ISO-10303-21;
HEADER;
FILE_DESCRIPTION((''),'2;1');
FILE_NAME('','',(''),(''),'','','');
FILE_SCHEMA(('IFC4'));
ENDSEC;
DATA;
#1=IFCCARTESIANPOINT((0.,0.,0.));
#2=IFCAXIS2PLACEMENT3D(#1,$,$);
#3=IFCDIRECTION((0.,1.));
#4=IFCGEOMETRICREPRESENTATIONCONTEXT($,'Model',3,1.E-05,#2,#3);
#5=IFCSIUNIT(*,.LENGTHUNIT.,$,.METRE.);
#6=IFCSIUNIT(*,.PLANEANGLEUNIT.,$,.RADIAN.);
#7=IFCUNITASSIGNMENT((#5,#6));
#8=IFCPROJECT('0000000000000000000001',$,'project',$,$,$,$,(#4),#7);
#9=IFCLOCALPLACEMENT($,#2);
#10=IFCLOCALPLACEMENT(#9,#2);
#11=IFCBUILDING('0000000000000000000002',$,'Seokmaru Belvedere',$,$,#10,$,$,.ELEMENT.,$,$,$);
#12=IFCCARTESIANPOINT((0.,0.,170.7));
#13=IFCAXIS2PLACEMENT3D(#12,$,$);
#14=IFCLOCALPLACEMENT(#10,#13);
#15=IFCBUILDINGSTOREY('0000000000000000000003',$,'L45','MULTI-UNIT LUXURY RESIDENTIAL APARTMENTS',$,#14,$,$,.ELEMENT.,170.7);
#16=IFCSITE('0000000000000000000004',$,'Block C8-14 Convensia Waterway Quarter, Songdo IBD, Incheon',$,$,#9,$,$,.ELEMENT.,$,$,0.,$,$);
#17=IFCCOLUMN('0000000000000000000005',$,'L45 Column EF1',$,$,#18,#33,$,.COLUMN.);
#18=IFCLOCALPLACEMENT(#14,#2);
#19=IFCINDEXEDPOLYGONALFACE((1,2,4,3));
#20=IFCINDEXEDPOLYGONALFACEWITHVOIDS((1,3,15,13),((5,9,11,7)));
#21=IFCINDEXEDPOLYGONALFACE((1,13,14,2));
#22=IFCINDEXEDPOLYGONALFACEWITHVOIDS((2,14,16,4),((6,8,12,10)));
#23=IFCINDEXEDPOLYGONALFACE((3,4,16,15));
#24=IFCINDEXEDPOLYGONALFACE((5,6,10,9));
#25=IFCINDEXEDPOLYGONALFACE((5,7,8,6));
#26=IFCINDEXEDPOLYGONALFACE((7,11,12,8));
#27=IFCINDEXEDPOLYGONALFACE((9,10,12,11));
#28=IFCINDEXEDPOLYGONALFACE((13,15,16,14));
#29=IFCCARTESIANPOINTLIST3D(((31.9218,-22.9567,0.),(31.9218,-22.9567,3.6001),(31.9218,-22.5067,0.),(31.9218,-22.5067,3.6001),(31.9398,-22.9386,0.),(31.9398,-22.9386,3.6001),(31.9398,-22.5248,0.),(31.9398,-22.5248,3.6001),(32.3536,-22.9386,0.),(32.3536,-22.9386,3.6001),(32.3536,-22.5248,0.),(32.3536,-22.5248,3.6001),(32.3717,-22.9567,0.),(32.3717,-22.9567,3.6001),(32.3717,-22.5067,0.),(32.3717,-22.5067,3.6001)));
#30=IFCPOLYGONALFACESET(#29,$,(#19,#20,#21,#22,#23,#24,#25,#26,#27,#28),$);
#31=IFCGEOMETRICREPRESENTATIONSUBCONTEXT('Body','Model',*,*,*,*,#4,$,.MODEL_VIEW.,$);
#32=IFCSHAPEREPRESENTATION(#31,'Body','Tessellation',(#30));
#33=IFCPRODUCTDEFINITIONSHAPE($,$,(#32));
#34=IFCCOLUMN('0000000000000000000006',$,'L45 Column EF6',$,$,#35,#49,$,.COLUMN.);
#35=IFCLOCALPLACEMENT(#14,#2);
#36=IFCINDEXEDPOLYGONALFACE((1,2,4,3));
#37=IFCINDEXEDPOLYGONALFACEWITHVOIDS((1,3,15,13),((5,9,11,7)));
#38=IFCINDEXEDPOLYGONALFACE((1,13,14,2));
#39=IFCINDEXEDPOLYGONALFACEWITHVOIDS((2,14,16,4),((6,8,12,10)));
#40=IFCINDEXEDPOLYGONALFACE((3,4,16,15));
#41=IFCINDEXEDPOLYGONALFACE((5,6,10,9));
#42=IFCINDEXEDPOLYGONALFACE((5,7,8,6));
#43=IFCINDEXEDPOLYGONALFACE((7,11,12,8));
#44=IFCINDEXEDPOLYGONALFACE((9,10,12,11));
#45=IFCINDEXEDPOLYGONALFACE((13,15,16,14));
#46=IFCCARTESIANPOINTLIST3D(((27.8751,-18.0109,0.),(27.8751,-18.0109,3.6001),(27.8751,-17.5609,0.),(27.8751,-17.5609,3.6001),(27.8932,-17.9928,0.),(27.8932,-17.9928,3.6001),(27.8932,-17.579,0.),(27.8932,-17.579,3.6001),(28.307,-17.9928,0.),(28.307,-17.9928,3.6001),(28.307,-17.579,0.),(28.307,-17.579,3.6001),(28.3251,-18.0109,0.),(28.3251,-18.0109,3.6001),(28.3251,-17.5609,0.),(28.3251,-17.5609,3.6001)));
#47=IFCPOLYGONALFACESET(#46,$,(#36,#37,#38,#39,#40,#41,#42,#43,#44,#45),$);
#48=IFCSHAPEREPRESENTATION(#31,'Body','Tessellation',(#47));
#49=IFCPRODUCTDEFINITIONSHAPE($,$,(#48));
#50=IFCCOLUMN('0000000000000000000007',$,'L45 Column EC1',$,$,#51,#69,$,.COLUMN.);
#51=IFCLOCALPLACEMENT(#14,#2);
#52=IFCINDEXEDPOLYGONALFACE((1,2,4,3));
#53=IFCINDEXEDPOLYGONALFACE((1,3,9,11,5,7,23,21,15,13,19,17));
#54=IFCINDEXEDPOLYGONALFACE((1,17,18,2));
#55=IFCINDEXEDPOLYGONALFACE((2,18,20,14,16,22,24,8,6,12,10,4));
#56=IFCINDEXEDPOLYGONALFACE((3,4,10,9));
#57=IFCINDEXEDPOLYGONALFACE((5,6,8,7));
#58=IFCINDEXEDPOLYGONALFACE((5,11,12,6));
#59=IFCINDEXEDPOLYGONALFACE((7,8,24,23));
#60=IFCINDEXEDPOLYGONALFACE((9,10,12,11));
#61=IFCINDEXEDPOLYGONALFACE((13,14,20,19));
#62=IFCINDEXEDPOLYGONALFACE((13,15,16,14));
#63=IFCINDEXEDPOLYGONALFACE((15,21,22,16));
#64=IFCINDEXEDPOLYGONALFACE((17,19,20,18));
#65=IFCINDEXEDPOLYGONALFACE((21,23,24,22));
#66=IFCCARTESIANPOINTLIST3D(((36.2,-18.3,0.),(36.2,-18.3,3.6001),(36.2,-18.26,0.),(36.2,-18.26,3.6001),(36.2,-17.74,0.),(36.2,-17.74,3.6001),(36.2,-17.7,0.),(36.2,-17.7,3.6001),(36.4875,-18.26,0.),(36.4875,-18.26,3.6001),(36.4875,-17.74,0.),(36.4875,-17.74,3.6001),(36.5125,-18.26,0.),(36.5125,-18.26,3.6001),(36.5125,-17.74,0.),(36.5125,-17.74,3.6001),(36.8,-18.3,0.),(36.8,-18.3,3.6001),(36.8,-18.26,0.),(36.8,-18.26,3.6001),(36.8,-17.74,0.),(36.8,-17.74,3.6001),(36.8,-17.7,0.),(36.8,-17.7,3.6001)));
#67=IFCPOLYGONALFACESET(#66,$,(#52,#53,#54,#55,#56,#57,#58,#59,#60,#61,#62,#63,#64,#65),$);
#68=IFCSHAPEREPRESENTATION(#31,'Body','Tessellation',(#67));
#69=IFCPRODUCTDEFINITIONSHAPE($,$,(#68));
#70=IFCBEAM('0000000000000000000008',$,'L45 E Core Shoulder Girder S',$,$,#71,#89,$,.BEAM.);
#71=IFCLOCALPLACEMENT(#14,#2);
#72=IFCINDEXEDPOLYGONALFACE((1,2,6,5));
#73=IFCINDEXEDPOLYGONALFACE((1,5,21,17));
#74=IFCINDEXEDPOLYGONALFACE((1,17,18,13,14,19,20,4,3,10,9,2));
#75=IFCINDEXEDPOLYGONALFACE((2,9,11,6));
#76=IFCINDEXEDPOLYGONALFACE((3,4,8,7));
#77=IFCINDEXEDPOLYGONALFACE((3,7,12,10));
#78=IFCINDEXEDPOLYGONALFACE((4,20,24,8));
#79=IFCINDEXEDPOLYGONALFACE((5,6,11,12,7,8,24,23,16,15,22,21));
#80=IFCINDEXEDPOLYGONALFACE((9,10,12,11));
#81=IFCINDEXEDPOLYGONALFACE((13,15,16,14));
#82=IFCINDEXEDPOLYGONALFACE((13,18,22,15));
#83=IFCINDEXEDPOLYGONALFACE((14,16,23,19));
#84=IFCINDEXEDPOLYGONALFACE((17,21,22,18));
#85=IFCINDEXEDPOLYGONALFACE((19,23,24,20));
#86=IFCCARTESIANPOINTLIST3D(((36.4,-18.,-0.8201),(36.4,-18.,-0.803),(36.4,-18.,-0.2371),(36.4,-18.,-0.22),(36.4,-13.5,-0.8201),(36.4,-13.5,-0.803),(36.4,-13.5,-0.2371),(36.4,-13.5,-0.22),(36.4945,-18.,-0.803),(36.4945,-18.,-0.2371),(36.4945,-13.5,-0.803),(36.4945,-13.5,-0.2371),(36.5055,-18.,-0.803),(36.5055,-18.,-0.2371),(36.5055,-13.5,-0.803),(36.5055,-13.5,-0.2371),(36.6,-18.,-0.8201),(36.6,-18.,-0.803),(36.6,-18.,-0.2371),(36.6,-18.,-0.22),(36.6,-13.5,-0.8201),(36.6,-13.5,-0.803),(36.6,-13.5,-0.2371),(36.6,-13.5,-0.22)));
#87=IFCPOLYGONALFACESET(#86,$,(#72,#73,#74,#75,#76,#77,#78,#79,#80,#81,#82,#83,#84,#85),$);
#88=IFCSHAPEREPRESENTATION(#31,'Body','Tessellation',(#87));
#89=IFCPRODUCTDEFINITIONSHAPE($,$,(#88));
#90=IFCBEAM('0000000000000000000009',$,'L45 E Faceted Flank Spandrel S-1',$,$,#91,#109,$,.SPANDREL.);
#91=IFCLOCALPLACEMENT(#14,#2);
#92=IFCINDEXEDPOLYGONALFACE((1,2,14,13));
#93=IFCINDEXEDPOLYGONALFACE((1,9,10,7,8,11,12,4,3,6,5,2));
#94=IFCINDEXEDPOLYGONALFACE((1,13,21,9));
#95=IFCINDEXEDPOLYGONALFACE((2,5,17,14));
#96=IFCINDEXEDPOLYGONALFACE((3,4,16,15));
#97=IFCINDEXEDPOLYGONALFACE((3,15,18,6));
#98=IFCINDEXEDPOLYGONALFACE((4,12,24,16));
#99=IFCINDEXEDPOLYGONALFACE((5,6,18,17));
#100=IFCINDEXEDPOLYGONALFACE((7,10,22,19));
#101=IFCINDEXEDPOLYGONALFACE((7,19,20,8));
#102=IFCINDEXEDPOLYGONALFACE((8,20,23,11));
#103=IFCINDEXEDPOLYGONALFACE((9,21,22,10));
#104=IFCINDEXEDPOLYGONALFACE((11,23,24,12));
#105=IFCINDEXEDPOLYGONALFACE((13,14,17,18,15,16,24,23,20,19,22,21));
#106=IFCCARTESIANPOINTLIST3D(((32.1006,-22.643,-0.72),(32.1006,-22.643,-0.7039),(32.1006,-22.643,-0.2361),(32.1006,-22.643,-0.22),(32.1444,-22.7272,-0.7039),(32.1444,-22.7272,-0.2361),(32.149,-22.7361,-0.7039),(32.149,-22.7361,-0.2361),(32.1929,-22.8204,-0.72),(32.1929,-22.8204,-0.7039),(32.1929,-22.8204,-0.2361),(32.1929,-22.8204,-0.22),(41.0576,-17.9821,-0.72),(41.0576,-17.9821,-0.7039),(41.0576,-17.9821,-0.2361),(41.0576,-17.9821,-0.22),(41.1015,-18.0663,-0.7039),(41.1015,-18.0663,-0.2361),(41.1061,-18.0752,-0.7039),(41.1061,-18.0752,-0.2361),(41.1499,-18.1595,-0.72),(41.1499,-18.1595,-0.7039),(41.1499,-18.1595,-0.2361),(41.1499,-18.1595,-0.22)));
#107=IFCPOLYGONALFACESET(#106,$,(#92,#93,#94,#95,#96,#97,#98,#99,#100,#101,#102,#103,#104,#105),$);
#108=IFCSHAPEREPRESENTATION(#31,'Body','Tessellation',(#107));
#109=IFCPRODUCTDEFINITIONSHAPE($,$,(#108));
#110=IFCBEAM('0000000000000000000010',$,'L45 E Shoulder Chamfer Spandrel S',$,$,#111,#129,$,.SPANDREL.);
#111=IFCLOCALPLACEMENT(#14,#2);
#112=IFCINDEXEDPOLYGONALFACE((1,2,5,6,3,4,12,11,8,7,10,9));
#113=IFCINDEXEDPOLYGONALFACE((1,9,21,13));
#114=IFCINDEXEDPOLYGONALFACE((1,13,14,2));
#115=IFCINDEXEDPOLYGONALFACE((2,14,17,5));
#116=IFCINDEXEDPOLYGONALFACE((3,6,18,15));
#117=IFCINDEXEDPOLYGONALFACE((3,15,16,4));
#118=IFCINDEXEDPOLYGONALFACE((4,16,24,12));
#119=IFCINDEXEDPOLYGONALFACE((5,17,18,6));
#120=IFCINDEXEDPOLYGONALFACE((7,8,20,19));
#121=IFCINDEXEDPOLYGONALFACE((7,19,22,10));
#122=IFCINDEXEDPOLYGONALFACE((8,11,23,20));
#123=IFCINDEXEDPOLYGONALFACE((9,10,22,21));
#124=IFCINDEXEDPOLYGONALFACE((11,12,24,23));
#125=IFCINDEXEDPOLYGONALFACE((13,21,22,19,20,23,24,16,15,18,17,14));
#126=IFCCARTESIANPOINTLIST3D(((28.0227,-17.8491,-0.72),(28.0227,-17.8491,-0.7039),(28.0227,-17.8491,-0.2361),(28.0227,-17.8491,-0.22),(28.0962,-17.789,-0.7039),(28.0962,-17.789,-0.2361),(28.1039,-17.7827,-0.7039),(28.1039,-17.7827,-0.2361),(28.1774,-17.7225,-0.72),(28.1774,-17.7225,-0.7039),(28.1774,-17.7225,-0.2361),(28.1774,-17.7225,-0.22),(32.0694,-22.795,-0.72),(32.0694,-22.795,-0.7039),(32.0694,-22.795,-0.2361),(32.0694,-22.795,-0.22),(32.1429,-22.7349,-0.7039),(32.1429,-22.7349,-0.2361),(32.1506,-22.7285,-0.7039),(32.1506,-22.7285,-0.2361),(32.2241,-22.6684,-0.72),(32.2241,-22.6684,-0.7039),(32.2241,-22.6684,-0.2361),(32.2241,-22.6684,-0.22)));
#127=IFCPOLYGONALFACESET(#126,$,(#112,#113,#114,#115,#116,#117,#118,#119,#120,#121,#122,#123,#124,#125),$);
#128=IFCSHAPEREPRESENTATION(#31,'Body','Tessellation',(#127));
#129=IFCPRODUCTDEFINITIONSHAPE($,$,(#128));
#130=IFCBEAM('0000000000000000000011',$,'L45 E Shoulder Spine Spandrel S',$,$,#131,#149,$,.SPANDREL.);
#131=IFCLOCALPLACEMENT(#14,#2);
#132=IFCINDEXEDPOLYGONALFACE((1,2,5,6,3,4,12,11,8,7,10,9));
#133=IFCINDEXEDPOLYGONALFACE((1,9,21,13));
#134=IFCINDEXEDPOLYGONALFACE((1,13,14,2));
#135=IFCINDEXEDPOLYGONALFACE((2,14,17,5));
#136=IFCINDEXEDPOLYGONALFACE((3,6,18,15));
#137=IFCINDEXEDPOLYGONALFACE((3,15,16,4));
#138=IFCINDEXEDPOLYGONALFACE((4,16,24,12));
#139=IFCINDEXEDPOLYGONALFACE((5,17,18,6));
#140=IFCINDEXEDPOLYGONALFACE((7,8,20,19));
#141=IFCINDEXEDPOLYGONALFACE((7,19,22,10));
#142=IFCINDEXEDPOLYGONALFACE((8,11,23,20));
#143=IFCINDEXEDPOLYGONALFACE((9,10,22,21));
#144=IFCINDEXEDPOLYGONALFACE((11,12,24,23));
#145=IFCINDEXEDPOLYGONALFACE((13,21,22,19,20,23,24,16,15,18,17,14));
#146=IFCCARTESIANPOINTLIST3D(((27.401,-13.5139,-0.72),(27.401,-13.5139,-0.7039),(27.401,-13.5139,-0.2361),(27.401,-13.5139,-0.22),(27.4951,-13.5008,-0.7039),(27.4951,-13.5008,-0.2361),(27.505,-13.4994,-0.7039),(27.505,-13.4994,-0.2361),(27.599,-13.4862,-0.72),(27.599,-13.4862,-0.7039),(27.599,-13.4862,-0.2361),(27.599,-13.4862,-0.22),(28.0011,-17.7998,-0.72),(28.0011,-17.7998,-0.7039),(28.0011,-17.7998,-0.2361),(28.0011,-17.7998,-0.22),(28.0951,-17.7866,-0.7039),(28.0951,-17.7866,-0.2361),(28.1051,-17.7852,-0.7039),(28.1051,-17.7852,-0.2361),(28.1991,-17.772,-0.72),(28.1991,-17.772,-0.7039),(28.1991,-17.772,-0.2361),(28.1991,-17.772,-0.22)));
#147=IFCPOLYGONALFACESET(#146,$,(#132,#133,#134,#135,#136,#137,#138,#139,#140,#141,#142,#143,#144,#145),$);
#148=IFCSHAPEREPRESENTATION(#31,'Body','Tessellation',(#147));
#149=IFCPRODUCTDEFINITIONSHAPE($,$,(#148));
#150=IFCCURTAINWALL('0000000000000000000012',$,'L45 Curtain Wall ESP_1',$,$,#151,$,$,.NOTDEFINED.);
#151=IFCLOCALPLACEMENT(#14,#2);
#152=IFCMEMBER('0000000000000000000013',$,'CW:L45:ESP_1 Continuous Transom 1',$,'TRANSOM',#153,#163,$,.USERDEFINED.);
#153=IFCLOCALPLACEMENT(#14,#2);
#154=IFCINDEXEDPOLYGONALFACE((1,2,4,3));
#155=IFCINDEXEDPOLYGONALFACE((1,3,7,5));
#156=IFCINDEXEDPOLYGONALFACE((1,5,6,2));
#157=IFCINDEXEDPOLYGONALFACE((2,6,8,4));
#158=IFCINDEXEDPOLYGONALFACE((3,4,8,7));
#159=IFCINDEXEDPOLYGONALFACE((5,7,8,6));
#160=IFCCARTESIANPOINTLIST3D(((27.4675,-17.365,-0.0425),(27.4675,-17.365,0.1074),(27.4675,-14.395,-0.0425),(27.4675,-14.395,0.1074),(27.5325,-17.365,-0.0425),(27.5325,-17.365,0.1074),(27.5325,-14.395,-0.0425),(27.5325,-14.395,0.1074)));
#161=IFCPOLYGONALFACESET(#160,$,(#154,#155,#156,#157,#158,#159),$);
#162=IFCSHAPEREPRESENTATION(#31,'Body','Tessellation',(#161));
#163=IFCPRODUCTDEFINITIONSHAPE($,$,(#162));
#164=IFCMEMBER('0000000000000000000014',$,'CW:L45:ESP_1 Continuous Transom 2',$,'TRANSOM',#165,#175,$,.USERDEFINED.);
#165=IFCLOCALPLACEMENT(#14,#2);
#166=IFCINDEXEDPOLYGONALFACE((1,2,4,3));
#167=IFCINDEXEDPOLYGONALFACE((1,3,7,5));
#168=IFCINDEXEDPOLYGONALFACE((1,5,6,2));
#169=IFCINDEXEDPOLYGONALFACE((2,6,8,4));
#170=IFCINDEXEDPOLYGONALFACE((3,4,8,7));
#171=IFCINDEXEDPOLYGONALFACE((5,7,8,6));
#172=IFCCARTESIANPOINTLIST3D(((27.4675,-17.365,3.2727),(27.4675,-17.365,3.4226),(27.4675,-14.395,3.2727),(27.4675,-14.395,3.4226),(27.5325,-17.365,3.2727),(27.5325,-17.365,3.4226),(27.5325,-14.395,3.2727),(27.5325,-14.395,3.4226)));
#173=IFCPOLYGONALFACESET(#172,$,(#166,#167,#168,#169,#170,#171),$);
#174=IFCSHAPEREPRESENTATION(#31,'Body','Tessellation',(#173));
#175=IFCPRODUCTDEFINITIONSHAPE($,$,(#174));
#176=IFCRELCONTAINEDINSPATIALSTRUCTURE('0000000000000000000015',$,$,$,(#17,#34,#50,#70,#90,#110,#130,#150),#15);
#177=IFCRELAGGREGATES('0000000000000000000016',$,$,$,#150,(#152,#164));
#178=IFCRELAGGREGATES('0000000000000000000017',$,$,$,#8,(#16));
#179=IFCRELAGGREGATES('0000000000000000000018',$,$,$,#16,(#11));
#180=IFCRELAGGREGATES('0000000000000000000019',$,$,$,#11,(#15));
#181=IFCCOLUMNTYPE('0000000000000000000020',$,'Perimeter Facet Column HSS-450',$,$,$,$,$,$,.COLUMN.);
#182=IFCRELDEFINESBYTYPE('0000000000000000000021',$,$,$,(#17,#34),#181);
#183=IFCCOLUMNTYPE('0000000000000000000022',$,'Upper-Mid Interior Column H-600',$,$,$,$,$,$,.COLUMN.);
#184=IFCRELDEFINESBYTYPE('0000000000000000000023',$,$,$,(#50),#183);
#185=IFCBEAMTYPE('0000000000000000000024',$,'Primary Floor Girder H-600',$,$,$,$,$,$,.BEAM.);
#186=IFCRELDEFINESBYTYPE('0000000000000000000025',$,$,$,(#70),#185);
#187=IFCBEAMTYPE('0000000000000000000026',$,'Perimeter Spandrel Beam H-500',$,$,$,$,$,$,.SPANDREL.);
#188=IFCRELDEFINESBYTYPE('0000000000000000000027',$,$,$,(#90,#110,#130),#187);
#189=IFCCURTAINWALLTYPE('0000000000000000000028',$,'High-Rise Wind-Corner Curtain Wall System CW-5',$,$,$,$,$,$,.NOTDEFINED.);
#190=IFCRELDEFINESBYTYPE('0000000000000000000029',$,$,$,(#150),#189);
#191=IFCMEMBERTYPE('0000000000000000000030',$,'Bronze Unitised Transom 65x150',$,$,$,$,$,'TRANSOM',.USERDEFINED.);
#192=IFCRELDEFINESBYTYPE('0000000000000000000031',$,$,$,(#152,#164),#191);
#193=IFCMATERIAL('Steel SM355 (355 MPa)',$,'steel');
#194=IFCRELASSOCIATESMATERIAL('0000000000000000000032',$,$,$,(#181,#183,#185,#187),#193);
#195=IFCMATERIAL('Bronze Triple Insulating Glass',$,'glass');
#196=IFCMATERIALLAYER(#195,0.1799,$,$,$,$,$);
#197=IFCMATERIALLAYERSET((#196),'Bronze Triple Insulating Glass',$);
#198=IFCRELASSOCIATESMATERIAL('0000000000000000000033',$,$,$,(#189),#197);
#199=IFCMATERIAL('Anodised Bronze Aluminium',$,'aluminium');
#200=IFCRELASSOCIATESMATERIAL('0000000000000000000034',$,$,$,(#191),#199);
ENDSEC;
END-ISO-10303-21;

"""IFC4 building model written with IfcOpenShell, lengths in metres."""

from ifc_helpers import new_model, si_unit, direction, frame, origin, origin_2d, place, context, subcontext, project, spatial, rectangle, hollow_rectangle, i_section, extrude, source, transform, mapped, material, layer, layer_set, material_profile, profile_set, type_object, type_shapes, element, aggregate, save


model = new_model("IFC4")

# Units and contexts
model_context = context("Model", 3, precision=1e-05, world=origin(), true_north=direction((0.0, 1.0)))
body_context = subcontext(model_context, "Body", "Model", "MODEL_VIEW")
ifc_project = project(units=[si_unit("LENGTHUNIT", "METRE"), si_unit("PLANEANGLEUNIT", "RADIAN")], contexts=[model_context])

# Site, building, storey
site_placement = place(None, origin())
site = spatial("IfcSite", under=ifc_project, at=site_placement, Name="Block C8-14 Convensia Waterway Quarter, Songdo IBD, Incheon", CompositionType="ELEMENT", RefElevation=0.0)
building_placement = place(site_placement, origin())
building = spatial("IfcBuilding", under=site, at=building_placement, Name="Seokmaru Belvedere", CompositionType="ELEMENT")
storey_placement = place(building_placement, frame((0.0, 0.0, 170.7)))
storey = spatial("IfcBuildingStorey", under=building, at=storey_placement, Name="L45", Description="MULTI-UNIT LUXURY RESIDENTIAL APARTMENTS", CompositionType="ELEMENT", Elevation=170.7)

# Columns
ifc_material_1 = material(Name="Steel SM355 (355 MPa)", Category="steel")
ifc_material_profile_1 = material_profile(ifc_material_1, hollow_rectangle(XDim=0.45, YDim=0.45, WallThickness=0.0181, at=origin_2d()), Name="HSS-450x450x18")
ifc_profile_set_1 = profile_set([ifc_material_profile_1], Name="Steel SM355 (355 MPa)")
column_type_1 = type_object("IfcColumnType", Name="Perimeter Facet Column HSS-450", PredefinedType="COLUMN", material=ifc_profile_set_1)
shared_shape_1 = source(origin(), body_context, "Body", "SweptSolid", [
    extrude(hollow_rectangle(XDim=0.45, YDim=0.45, WallThickness=0.0181, at=origin_2d()), origin(), (0.0, 0.0, 1.0), 3.6001),
])
type_shapes(column_type_1, [shared_shape_1])
for number, where, z_axis, x_axis, name in (
    (1, (32.1467, -22.7317, 0.0), (0.0, 0.0, 1.0), (1.0, 0.0, 0.0), "L45 Column EF1"),
    (2, (28.1001, -17.7859, 0.0), (0.0, 0.0, 1.0), (1.0, 0.0, 0.0), "L45 Column EF6"),
):
    element("IfcColumn", number, at=place(storey_placement, frame(where, z_axis=z_axis, x_axis=x_axis)), inside=storey, type_object=column_type_1, Name=name, PredefinedType="COLUMN", context=body_context, shape_type="MappedRepresentation", body=[
        mapped(shared_shape_1, transform((0.0, 0.0, 0.0), scale=1.0)),
    ])
ifc_material_profile_2 = material_profile(ifc_material_1, i_section(OverallWidth=0.6001, OverallDepth=0.6001, WebThickness=0.0249, FlangeThickness=0.04, at=origin_2d()), Name="H-600x600x25x40")
ifc_profile_set_2 = profile_set([ifc_material_profile_2], Name="Steel SM355 (355 MPa)")
column_type_2 = type_object("IfcColumnType", Name="Upper-Mid Interior Column H-600", PredefinedType="COLUMN", material=ifc_profile_set_2)
shared_shape_2 = source(origin(), body_context, "Body", "SweptSolid", [
    extrude(i_section(OverallWidth=0.6001, OverallDepth=0.6001, WebThickness=0.0249, FlangeThickness=0.04, at=origin_2d()), origin(), (0.0, 0.0, 1.0), 3.6001),
])
type_shapes(column_type_2, [shared_shape_2])
column_placement = place(storey_placement, frame((36.5, -18.0, 0.0), z_axis=(0.0, 0.0, 1.0), x_axis=(1.0, 0.0, 0.0)))
element("IfcColumn", 3, at=column_placement, inside=storey, type_object=column_type_2, Name="L45 Column EC1", PredefinedType="COLUMN", context=body_context, shape_type="MappedRepresentation", body=[
    mapped(shared_shape_2, transform((0.0, 0.0, 0.0), scale=1.0)),
])

# Beams
ifc_material_profile_3 = material_profile(ifc_material_1, i_section(OverallWidth=0.2, OverallDepth=0.6001, WebThickness=0.011, FlangeThickness=0.0171, at=origin_2d()), Name="H-600x200x11x17")
ifc_profile_set_3 = profile_set([ifc_material_profile_3], Name="Steel SM355 (355 MPa)")
beam_type_1 = type_object("IfcBeamType", Name="Primary Floor Girder H-600", PredefinedType="BEAM", material=ifc_profile_set_3)
shared_shape_3 = source(origin(), body_context, "Body", "SweptSolid", [
    extrude(i_section(OverallWidth=0.2, OverallDepth=0.6001, WebThickness=0.011, FlangeThickness=0.0171, at=origin_2d()), origin(), (0.0, 0.0, 1.0), 4.5),
])
type_shapes(beam_type_1, [shared_shape_3])
beam_1_placement = place(storey_placement, frame((36.5, -18.0, -0.52), z_axis=(0.0, 1.0, 0.0), x_axis=(-1.0, 0.0, 0.0)))
element("IfcBeam", 4, at=beam_1_placement, inside=storey, type_object=beam_type_1, Name="L45 E Core Shoulder Girder S", PredefinedType="BEAM", context=body_context, shape_type="MappedRepresentation", body=[
    mapped(shared_shape_3, transform((0.0, 0.0, 0.0), scale=1.0)),
])
ifc_material_profile_4 = material_profile(ifc_material_1, i_section(OverallWidth=0.2, OverallDepth=0.5, WebThickness=0.01, FlangeThickness=0.0161, at=origin_2d()), Name="H-500x200x10x16")
ifc_profile_set_4 = profile_set([ifc_material_profile_4], Name="Steel SM355 (355 MPa)")
beam_type_2 = type_object("IfcBeamType", Name="Perimeter Spandrel Beam H-500", PredefinedType="SPANDREL", material=ifc_profile_set_4)
shared_shape_4 = source(origin(), body_context, "Body", "SweptSolid", [
    extrude(i_section(OverallWidth=0.2, OverallDepth=0.5, WebThickness=0.01, FlangeThickness=0.0161, at=origin_2d()), origin(), (0.0, 0.0, 1.0), 10.0972),
])
beam_2_placement = place(storey_placement, frame((32.1467, -22.7317, -0.47), z_axis=(0.887086, 0.461605, 0.0), x_axis=(-0.461605, 0.887086, 0.0)))
element("IfcBeam", 5, at=beam_2_placement, inside=storey, type_object=beam_type_2, Name="L45 E Faceted Flank Spandrel S-1", PredefinedType="SPANDREL", context=body_context, shape_type="MappedRepresentation", body=[
    mapped(shared_shape_4, transform((0.0, 0.0, 0.0), scale=1.0)),
])
shared_shape_5 = source(origin(), body_context, "Body", "SweptSolid", [
    extrude(i_section(OverallWidth=0.2, OverallDepth=0.5, WebThickness=0.01, FlangeThickness=0.0161, at=origin_2d()), origin(), (0.0, 0.0, 1.0), 6.3904),
])
beam_3_placement = place(storey_placement, frame((32.1467, -22.7317, -0.47), z_axis=(-0.633244, 0.773952, 0.0), x_axis=(-0.773952, -0.633244, 0.0)))
element("IfcBeam", 6, at=beam_3_placement, inside=storey, type_object=beam_type_2, Name="L45 E Shoulder Chamfer Spandrel S", PredefinedType="SPANDREL", context=body_context, shape_type="MappedRepresentation", body=[
    mapped(shared_shape_5, transform((0.0, 0.0, 0.0), scale=1.0)),
])
shared_shape_6 = source(origin(), body_context, "Body", "SweptSolid", [
    extrude(i_section(OverallWidth=0.2, OverallDepth=0.5, WebThickness=0.01, FlangeThickness=0.0161, at=origin_2d()), origin(), (0.0, 0.0, 1.0), 4.3276),
])
type_shapes(beam_type_2, [shared_shape_4, shared_shape_5, shared_shape_6])
beam_4_placement = place(storey_placement, frame((28.1001, -17.7859, -0.47), z_axis=(-0.138664, 0.990339, 0.0), x_axis=(-0.990339, -0.138664, 0.0)))
element("IfcBeam", 7, at=beam_4_placement, inside=storey, type_object=beam_type_2, Name="L45 E Shoulder Spine Spandrel S", PredefinedType="SPANDREL", context=body_context, shape_type="MappedRepresentation", body=[
    mapped(shared_shape_6, transform((0.0, 0.0, 0.0), scale=1.0)),
])

# Curtain wall, members
ifc_material_2 = material(Name="Bronze Triple Insulating Glass", Category="glass")
ifc_layer_1 = layer(ifc_material_2, 0.1799)
ifc_layer_set_1 = layer_set([ifc_layer_1], Name="Bronze Triple Insulating Glass")
curtain_wall_type = type_object("IfcCurtainWallType", Name="High-Rise Wind-Corner Curtain Wall System CW-5", PredefinedType="NOTDEFINED", material=ifc_layer_set_1)
curtain_wall_1_placement = place(storey_placement, origin())
curtain_wall_1 = element("IfcCurtainWall", 8, at=curtain_wall_1_placement, inside=storey, type_object=curtain_wall_type, Name="L45 Curtain Wall ESP_1", PredefinedType="NOTDEFINED")
ifc_material_3 = material(Name="Anodised Bronze Aluminium", Category="aluminium")
ifc_material_profile_5 = material_profile(ifc_material_3, rectangle(XDim=0.0649, YDim=0.1499, at=origin_2d()), Name="CW-T-65x150")
ifc_profile_set_5 = profile_set([ifc_material_profile_5], Name="Anodised Bronze Aluminium")
member_type_1 = type_object("IfcMemberType", Name="Bronze Unitised Transom 65x150", ElementType="TRANSOM", PredefinedType="USERDEFINED", material=ifc_profile_set_5)
shared_shape_7 = source(origin(), body_context, "Body", "SweptSolid", [
    extrude(rectangle(XDim=0.0649, YDim=0.1499, at=origin_2d()), origin(), (0.0, 0.0, 1.0), 2.97),
])
member_1_placement = place(storey_placement, frame((27.5, -14.395, 0.0325), z_axis=(0.0, -1.0, 0.0), x_axis=(1.0, 0.0, 0.0)))
member_1 = element("IfcMember", 9, at=member_1_placement, type_object=member_type_1, Name="CW:L45:ESP_1 Continuous Transom 1", ObjectType="TRANSOM", PredefinedType="USERDEFINED", context=body_context, shape_type="MappedRepresentation", body=[
    mapped(shared_shape_7, transform((0.0, 0.0, 0.0), scale=1.0)),
])
member_2_placement = place(storey_placement, frame((27.5, -14.395, 3.3477), z_axis=(0.0, -1.0, 0.0), x_axis=(1.0, 0.0, 0.0)))
member_2 = element("IfcMember", 10, at=member_2_placement, type_object=member_type_1, Name="CW:L45:ESP_1 Continuous Transom 2", ObjectType="TRANSOM", PredefinedType="USERDEFINED", context=body_context, shape_type="MappedRepresentation", body=[
    mapped(shared_shape_7, transform((0.0, 0.0, 0.0), scale=1.0)),
])

aggregate(curtain_wall_1, [member_1, member_2])

save(model, "model.ifc")
